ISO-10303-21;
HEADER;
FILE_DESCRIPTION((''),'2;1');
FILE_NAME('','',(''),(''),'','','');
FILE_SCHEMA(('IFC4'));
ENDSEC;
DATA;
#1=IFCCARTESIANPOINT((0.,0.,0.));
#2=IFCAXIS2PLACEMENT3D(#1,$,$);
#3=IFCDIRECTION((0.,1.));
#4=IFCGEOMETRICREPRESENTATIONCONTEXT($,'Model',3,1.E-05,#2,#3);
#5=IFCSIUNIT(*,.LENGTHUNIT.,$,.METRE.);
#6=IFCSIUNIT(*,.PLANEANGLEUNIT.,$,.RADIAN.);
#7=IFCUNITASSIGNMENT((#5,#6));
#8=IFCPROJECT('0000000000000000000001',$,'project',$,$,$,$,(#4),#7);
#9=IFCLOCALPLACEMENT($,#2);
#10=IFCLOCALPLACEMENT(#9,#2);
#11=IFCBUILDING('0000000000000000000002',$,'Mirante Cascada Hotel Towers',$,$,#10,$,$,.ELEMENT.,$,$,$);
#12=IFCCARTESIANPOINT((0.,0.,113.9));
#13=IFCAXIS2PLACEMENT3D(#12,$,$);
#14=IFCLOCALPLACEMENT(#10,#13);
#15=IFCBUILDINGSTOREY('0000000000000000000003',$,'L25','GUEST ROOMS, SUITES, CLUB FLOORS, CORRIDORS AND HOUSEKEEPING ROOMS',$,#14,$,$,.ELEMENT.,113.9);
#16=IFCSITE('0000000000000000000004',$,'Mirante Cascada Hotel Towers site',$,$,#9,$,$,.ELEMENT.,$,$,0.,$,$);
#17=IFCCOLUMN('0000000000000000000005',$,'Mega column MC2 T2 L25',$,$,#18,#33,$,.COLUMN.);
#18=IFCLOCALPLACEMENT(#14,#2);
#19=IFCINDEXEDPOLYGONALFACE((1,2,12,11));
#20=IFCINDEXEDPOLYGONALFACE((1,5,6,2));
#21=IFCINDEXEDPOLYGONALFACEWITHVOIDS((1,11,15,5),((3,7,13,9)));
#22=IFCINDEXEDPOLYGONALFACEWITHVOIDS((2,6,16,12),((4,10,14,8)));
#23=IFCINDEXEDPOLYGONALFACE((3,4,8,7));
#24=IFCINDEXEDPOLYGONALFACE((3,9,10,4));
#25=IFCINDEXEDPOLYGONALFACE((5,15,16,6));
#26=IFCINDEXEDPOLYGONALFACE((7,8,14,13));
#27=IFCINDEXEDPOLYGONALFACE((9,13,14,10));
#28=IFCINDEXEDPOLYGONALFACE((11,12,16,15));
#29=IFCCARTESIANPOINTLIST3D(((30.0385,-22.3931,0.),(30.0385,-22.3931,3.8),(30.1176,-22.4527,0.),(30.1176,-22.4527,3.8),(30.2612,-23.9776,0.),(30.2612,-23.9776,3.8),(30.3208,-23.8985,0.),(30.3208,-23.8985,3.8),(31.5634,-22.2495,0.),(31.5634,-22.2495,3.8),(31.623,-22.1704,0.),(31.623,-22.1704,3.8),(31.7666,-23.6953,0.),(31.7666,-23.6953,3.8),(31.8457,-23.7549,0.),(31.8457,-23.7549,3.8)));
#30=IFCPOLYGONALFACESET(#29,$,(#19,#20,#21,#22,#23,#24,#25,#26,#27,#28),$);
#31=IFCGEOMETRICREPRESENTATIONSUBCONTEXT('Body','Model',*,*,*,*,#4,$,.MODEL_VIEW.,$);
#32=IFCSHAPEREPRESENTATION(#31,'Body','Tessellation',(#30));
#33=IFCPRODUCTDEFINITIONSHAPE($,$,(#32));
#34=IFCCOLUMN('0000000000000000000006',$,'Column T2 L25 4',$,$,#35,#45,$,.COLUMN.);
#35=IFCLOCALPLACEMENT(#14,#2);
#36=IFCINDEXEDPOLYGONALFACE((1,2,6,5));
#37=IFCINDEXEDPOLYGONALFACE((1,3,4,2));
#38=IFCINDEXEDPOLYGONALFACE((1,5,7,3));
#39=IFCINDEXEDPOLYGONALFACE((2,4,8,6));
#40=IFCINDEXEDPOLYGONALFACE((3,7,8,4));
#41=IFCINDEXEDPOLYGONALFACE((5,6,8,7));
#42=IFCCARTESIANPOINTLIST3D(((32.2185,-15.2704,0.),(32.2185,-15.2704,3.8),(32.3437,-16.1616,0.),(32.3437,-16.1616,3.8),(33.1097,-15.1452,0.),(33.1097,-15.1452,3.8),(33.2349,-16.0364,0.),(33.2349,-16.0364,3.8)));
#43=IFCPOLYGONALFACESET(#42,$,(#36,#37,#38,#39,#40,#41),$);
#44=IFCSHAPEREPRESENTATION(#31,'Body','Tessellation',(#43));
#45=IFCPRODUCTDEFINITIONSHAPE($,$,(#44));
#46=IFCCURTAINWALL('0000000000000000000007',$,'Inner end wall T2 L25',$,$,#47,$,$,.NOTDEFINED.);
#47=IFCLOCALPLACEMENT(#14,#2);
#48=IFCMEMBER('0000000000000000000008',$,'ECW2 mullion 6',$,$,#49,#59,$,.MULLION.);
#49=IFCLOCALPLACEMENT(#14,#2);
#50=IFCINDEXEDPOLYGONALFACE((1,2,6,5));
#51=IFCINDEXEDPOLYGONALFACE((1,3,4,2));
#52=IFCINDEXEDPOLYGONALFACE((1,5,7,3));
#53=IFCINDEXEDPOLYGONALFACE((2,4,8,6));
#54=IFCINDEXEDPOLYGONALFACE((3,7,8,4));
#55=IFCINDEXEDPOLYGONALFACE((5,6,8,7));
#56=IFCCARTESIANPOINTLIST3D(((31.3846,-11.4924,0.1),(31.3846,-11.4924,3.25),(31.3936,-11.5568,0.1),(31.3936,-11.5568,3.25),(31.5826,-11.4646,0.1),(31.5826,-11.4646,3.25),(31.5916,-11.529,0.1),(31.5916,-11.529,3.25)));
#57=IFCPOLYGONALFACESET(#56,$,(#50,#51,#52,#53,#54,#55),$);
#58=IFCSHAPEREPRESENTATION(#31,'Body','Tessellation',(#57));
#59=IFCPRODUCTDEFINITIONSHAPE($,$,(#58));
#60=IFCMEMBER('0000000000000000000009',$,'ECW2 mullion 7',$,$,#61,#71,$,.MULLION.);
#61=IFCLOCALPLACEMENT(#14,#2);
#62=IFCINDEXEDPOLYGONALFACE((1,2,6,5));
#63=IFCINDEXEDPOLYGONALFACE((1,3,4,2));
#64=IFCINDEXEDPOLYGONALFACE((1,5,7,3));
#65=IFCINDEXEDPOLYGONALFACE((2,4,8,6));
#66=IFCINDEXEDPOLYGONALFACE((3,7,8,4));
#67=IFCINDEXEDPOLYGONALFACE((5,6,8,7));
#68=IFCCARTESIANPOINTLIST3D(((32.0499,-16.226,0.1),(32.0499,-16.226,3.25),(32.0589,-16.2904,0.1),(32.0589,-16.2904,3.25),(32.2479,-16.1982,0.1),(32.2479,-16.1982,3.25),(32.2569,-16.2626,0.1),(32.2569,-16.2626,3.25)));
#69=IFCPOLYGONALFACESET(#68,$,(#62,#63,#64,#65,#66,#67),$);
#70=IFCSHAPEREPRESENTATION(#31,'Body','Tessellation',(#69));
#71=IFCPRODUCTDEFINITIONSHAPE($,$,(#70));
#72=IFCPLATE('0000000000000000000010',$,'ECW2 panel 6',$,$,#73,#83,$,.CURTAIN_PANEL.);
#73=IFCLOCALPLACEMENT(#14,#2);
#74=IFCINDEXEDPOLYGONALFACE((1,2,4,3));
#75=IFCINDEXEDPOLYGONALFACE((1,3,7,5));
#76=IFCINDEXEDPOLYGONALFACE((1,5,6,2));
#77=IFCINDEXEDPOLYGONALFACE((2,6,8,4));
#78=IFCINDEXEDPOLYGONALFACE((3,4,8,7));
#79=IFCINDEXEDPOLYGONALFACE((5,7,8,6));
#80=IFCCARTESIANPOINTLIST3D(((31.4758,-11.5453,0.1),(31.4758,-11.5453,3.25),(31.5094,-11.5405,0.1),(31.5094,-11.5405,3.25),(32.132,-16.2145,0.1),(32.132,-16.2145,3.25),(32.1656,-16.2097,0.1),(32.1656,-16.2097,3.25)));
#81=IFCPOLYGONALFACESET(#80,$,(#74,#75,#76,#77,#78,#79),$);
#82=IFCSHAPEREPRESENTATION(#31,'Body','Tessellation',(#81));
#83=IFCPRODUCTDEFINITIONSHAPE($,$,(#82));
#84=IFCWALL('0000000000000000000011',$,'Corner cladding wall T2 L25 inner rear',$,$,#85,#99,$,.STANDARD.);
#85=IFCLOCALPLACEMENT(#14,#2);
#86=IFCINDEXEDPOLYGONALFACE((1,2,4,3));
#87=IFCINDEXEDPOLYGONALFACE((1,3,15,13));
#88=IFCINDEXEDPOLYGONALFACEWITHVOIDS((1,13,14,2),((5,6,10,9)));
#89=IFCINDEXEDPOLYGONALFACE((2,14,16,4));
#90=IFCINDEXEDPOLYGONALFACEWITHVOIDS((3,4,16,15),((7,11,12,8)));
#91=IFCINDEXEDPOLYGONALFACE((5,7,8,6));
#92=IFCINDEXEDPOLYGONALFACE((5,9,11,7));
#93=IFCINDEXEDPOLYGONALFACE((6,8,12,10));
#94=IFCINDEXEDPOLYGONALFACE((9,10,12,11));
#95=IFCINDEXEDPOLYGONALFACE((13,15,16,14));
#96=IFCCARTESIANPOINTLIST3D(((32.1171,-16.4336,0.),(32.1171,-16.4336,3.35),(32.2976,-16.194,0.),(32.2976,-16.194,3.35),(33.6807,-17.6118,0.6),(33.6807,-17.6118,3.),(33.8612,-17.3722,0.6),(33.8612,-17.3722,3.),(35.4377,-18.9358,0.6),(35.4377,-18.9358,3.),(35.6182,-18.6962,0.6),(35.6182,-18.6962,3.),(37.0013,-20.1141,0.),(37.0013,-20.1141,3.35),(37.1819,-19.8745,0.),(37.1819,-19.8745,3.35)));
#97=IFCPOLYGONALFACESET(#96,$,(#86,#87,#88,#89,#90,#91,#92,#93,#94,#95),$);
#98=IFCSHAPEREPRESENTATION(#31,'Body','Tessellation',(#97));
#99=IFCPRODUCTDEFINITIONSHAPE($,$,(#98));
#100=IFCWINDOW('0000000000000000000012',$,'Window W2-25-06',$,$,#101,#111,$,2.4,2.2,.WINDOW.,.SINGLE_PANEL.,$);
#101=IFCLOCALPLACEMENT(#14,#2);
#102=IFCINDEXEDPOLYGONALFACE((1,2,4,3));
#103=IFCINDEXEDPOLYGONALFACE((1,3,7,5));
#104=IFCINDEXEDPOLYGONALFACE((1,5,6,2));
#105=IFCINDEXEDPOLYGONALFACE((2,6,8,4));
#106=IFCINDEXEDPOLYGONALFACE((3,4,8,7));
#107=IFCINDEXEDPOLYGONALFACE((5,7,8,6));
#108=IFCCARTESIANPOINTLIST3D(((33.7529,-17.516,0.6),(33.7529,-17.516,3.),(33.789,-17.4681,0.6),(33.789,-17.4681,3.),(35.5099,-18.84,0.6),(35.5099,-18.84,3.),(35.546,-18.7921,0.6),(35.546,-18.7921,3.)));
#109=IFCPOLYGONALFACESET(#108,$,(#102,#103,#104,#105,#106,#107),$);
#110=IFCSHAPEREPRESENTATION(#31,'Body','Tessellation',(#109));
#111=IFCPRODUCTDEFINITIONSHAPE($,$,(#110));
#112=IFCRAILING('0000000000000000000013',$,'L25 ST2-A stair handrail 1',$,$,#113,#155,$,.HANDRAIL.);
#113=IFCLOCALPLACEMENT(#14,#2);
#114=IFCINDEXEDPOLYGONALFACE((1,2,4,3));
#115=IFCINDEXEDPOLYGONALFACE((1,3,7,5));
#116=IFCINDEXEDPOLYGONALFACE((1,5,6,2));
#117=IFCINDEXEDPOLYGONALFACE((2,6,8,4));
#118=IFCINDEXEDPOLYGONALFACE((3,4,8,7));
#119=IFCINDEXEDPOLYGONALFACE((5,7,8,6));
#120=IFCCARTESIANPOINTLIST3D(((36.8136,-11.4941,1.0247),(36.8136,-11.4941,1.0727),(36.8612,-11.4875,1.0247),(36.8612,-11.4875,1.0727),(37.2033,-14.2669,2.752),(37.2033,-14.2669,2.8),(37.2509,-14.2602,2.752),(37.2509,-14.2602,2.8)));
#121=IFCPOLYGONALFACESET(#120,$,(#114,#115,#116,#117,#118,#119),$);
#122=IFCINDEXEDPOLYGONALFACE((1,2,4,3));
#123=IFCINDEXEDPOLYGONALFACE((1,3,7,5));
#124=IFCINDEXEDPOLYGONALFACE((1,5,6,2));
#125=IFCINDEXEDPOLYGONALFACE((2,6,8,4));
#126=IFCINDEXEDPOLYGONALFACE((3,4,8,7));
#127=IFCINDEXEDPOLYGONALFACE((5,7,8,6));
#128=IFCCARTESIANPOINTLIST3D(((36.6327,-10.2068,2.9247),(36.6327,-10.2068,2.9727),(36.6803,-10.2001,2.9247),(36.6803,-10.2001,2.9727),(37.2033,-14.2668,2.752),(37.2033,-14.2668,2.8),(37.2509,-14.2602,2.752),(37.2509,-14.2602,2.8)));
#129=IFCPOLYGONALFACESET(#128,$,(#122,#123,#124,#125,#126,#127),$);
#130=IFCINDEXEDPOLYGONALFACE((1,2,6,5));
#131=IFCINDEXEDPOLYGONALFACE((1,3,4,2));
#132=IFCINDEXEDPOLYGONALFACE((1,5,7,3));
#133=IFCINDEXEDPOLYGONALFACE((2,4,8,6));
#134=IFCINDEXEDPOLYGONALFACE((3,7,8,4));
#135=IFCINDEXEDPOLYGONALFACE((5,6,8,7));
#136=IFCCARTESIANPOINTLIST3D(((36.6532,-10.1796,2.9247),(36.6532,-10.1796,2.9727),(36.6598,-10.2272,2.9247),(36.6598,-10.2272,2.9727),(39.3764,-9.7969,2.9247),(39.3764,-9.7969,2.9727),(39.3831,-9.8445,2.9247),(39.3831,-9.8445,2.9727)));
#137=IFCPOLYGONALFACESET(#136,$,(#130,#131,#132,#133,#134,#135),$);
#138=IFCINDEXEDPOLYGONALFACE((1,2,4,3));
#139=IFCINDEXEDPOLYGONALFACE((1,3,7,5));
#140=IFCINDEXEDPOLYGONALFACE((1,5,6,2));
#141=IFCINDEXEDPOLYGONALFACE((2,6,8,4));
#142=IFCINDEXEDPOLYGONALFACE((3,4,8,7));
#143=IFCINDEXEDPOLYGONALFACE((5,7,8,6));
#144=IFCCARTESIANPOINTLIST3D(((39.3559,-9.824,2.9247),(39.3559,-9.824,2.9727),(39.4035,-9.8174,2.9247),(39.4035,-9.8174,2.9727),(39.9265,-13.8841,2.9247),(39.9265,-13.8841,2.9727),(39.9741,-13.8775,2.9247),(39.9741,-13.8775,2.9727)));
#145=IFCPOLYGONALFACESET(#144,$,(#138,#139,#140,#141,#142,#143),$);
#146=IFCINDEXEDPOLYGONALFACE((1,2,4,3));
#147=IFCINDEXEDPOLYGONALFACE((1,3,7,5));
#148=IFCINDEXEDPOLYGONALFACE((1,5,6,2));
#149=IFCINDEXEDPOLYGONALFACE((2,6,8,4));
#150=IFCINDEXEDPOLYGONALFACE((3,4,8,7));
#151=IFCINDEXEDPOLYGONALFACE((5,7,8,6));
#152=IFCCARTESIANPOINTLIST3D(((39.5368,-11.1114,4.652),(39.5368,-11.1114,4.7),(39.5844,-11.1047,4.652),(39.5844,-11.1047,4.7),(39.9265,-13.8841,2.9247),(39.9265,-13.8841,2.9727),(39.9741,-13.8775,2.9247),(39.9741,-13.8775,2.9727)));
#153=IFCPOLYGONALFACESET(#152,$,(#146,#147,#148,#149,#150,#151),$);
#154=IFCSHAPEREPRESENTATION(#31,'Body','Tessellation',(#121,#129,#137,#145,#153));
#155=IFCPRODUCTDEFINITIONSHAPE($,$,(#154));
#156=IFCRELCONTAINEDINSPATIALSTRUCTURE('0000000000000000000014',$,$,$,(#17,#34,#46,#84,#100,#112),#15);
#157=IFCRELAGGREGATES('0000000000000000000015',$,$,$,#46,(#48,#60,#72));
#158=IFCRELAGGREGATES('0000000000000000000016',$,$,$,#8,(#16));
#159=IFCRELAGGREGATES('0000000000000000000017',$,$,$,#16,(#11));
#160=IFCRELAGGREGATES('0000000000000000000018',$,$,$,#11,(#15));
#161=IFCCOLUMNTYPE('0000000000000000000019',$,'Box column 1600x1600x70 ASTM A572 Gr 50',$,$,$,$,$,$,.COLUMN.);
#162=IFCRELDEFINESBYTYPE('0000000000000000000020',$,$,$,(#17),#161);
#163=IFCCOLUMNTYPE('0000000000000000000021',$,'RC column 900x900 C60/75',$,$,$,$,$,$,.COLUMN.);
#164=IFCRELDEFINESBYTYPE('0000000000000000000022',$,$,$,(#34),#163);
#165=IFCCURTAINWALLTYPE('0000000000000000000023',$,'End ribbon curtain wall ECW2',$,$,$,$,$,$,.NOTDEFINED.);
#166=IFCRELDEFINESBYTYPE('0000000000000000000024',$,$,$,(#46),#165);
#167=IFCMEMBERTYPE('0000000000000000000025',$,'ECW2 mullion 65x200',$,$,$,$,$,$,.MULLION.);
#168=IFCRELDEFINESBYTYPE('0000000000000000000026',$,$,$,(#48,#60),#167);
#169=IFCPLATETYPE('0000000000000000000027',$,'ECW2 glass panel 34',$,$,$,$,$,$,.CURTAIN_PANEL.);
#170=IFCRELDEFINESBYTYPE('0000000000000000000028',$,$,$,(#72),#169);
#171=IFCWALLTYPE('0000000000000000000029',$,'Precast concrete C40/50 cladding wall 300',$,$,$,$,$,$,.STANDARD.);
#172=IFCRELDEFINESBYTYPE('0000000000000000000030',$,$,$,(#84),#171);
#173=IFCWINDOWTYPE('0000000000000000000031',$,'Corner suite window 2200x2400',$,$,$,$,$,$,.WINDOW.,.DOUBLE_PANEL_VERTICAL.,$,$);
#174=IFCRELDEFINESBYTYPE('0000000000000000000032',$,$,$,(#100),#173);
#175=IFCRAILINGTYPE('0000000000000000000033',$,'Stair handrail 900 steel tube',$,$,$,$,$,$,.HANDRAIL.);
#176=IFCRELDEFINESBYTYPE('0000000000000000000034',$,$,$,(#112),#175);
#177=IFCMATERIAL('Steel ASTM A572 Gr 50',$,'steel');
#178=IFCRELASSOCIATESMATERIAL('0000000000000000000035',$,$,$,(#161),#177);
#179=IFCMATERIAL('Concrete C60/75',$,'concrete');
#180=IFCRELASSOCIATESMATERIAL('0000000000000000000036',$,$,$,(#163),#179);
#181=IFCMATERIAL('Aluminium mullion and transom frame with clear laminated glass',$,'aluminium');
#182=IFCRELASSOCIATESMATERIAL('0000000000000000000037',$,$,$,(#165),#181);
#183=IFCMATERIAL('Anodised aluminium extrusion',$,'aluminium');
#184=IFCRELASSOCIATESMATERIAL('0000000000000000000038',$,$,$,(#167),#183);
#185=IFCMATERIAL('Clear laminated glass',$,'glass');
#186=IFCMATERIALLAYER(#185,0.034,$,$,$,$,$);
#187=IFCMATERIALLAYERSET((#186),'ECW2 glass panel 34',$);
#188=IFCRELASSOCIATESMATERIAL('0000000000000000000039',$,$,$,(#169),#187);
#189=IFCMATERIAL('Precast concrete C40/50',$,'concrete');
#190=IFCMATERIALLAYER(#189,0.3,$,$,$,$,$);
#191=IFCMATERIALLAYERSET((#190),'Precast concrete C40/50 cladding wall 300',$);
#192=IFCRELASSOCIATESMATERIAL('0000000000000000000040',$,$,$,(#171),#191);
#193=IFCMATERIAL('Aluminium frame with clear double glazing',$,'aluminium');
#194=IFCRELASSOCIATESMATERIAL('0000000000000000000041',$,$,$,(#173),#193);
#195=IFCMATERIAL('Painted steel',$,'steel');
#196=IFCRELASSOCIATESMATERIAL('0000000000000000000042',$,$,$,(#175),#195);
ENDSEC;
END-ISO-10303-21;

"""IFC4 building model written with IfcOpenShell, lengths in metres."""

from ifc_helpers import new_model, si_unit, direction, frame, frame_2d, origin, origin_2d, place, context, subcontext, project, spatial, rectangle, hollow_rectangle, extrude, material, layer, layer_set, material_profile, profile_set, type_object, element, fill, aggregate, save


model = new_model("IFC4")

# Units and contexts
model_context = context("Model", 3, precision=1e-05, world=origin(), true_north=direction((0.0, 1.0)))
body_context = subcontext(model_context, "Body", "Model", "MODEL_VIEW")
ifc_project = project(units=[si_unit("LENGTHUNIT", "METRE"), si_unit("PLANEANGLEUNIT", "RADIAN")], contexts=[model_context])

# Site, building, storey
site_placement = place(None, origin())
site = spatial("IfcSite", under=ifc_project, at=site_placement, Name="Mirante Cascada Hotel Towers site", CompositionType="ELEMENT", RefElevation=0.0)
building_placement = place(site_placement, origin())
building = spatial("IfcBuilding", under=site, at=building_placement, Name="Mirante Cascada Hotel Towers", CompositionType="ELEMENT")
storey_placement = place(building_placement, frame((0.0, 0.0, 113.9)))
storey = spatial("IfcBuildingStorey", under=building, at=storey_placement, Name="L25", Description="GUEST ROOMS, SUITES, CLUB FLOORS, CORRIDORS AND HOUSEKEEPING ROOMS", CompositionType="ELEMENT", Elevation=113.9)

# Columns
ifc_material_1 = material(Name="Steel ASTM A572 Gr 50", Category="steel")
ifc_material_profile_1 = material_profile(ifc_material_1, hollow_rectangle(XDim=1.6, YDim=1.6, WallThickness=0.07, at=origin_2d()), Name="Box column 1600x1600x70 ASTM A572 Gr 50")
ifc_profile_set_1 = profile_set([ifc_material_profile_1], Name="Steel ASTM A572 Gr 50")
column_type_1 = type_object("IfcColumnType", Name="Box column 1600x1600x70 ASTM A572 Gr 50", PredefinedType="COLUMN", material=ifc_profile_set_1)
column_1_placement = place(storey_placement, frame((30.9421, -23.074, 0.0), z_axis=(0.0, 0.0, 1.0), x_axis=(0.990268, 0.139173, 0.0)))
element("IfcColumn", 1, at=column_1_placement, inside=storey, type_object=column_type_1, Name="Mega column MC2 T2 L25", PredefinedType="COLUMN", context=body_context, shape_type="SweptSolid", body=[
    extrude(hollow_rectangle(XDim=1.6, YDim=1.6, WallThickness=0.07, at=origin_2d()), origin(), (0.0, 0.0, 1.0), 3.8),
])
ifc_material_2 = material(Name="Concrete C60/75", Category="concrete")
ifc_material_profile_2 = material_profile(ifc_material_2, rectangle(XDim=0.9, YDim=0.9, at=origin_2d()), Name="RC column 900x900 C60/75")
ifc_profile_set_2 = profile_set([ifc_material_profile_2], Name="Concrete C60/75")
column_type_2 = type_object("IfcColumnType", Name="RC column 900x900 C60/75", PredefinedType="COLUMN", material=ifc_profile_set_2)
column_2_placement = place(storey_placement, frame((32.7267, -15.6534, 0.0), z_axis=(0.0, 0.0, 1.0), x_axis=(0.990268, 0.139173, 0.0)))
element("IfcColumn", 2, at=column_2_placement, inside=storey, type_object=column_type_2, Name="Column T2 L25 4", PredefinedType="COLUMN", context=body_context, shape_type="SweptSolid", body=[
    extrude(rectangle(XDim=0.9, YDim=0.9, at=origin_2d()), origin(), (0.0, 0.0, 1.0), 3.8),
])

# Curtain wall, members, plate
ifc_material_3 = material(Name="Aluminium mullion and transom frame with clear laminated glass", Category="aluminium")
curtain_wall_type = type_object("IfcCurtainWallType", Name="End ribbon curtain wall ECW2", PredefinedType="NOTDEFINED", material=ifc_material_3)
curtain_wall_placement = place(storey_placement, origin())
curtain_wall = element("IfcCurtainWall", 3, at=curtain_wall_placement, inside=storey, type_object=curtain_wall_type, Name="Inner end wall T2 L25", PredefinedType="NOTDEFINED")
ifc_material_4 = material(Name="Anodised aluminium extrusion", Category="aluminium")
ifc_material_profile_3 = material_profile(ifc_material_4, rectangle(XDim=0.2, YDim=0.065, at=origin_2d()), Name="ECW2 MULLION 65x200")
ifc_profile_set_3 = profile_set([ifc_material_profile_3], Name="Anodised aluminium extrusion")
member_type = type_object("IfcMemberType", Name="ECW2 mullion 65x200", PredefinedType="MULLION", material=ifc_profile_set_3)
member_1_placement = place(storey_placement, frame((31.4881, -11.5107, 0.1), z_axis=(0.0, 0.0, 1.0), x_axis=(0.990268, 0.139173, 0.0)))
member_1 = element("IfcMember", 4, at=member_1_placement, type_object=member_type, Name="ECW2 mullion 6", PredefinedType="MULLION", context=body_context, shape_type="SweptSolid", body=[
    extrude(rectangle(XDim=0.2, YDim=0.065, at=origin_2d()), origin(), (0.0, 0.0, 1.0), 3.15),
])
member_2_placement = place(storey_placement, frame((32.1534, -16.2443, 0.1), z_axis=(0.0, 0.0, 1.0), x_axis=(0.990268, 0.139173, 0.0)))
member_2 = element("IfcMember", 5, at=member_2_placement, type_object=member_type, Name="ECW2 mullion 7", PredefinedType="MULLION", context=body_context, shape_type="SweptSolid", body=[
    extrude(rectangle(XDim=0.2, YDim=0.065, at=origin_2d()), origin(), (0.0, 0.0, 1.0), 3.15),
])
ifc_material_5 = material(Name="Clear laminated glass", Category="glass")
ifc_layer_1 = layer(ifc_material_5, 0.034)
ifc_layer_set_1 = layer_set([ifc_layer_1], Name="ECW2 glass panel 34")
plate_type = type_object("IfcPlateType", Name="ECW2 glass panel 34", PredefinedType="CURTAIN_PANEL", material=ifc_layer_set_1)
plate_placement = place(storey_placement, frame((31.8207, -13.8775, 0.1), z_axis=(0.0, 0.0, 1.0), x_axis=(0.139173, -0.990268, 0.0)))
plate = element("IfcPlate", 6, at=plate_placement, type_object=plate_type, Name="ECW2 panel 6", PredefinedType="CURTAIN_PANEL", context=body_context, shape_type="SweptSolid", body=[
    extrude(rectangle(XDim=4.7151, YDim=0.034, at=origin_2d()), origin(), (0.0, 0.0, 1.0), 3.15),
])
aggregate(curtain_wall, [member_1, member_2, plate])

# Wall, opening, window
ifc_material_6 = material(Name="Precast concrete C40/50", Category="concrete")
ifc_layer_2 = layer(ifc_material_6, 0.3)
ifc_layer_set_2 = layer_set([ifc_layer_2], Name="Precast concrete C40/50 cladding wall 300")
wall_type = type_object("IfcWallType", Name="Precast concrete C40/50 cladding wall 300", PredefinedType="STANDARD", material=ifc_layer_set_2)
wall_placement = place(storey_placement, frame((32.2074, -16.3138, 0.0), z_axis=(0.0, 0.0, 1.0), x_axis=(0.798636, -0.601814, 0.0)))
wall = element("IfcWall", 7, at=wall_placement, inside=storey, type_object=wall_type, Name="Corner cladding wall T2 L25 inner rear", PredefinedType="STANDARD", context=body_context, shape_type="SweptSolid", body=[
    extrude(rectangle(XDim=6.1157, YDim=0.3, at=frame_2d((3.0578, 0.0))), origin(), (0.0, 0.0, 1.0), 3.35),
])
opening_placement = place(wall_placement, frame((1.9578, 0.0, 0.6)))
opening = element("IfcOpeningElement", 8, at=opening_placement, cuts=wall, PredefinedType="OPENING", context=body_context, shape_type="SweptSolid", body=[
    extrude(rectangle(XDim=2.2, YDim=2.4, at=frame_2d((1.1, 1.2))), frame((0.0, 0.15, 0.0), z_axis=(0.0, -1.0, 0.0), x_axis=(1.0, 0.0, 0.0)), (0.0, 0.0, 1.0), 0.3),
])
ifc_material_7 = material(Name="Aluminium frame with clear double glazing", Category="aluminium")
window_type = type_object("IfcWindowType", Name="Corner suite window 2200x2400", PartitioningType="DOUBLE_PANEL_VERTICAL", PredefinedType="WINDOW", material=ifc_material_7)
window_placement = place(opening_placement, origin())
window = element("IfcWindow", 9, at=window_placement, inside=storey, type_object=window_type, Name="Window W2-25-06", OverallHeight=2.4, OverallWidth=2.2, PartitioningType="SINGLE_PANEL", PredefinedType="WINDOW", context=body_context, shape_type="SweptSolid", body=[
    extrude(rectangle(XDim=2.2, YDim=2.4, at=frame_2d((1.1, 1.2))), frame((0.0, 0.03, 0.0), z_axis=(0.0, -1.0, 0.0), x_axis=(1.0, 0.0, 0.0)), (0.0, 0.0, 1.0), 0.06),
])
fill(opening, window)

# Railing
ifc_material_8 = material(Name="Painted steel", Category="steel")
railing_type = type_object("IfcRailingType", Name="Stair handrail 900 steel tube", PredefinedType="HANDRAIL", material=ifc_material_8)
railing_placement = place(storey_placement, frame((36.8374, -11.4908, 0.1727)))
element("IfcRailing", 10, at=railing_placement, inside=storey, type_object=railing_type, Name="L25 ST2-A stair handrail 1", PredefinedType="HANDRAIL", context=body_context, shape_type="SweptSolid", body=[
    extrude(rectangle(XDim=0.048, YDim=0.048, at=origin_2d()), frame((0.0, 0.0, 0.876), z_axis=(0.139181, -0.990267, 0.0), x_axis=(0.990267, 0.139181, 0.0)), (0.0, 0.525035, 0.851081), 3.2899),
    extrude(rectangle(XDim=0.048, YDim=0.048, at=origin_2d()), frame((0.3897, -2.7727, 2.6033), z_axis=(-0.139171, 0.990268, 0.0), x_axis=(-0.990268, -0.139171, 0.0)), (0.0, 0.042085, 0.999114), 4.1036),
    extrude(rectangle(XDim=0.048, YDim=0.048, at=origin_2d()), frame((-0.1809, 1.2874, 2.776), z_axis=(0.990269, 0.139166, 0.0), x_axis=(-0.139166, 0.990269, 0.0)), (0.0, 0.0, 1.0), 2.75),
    extrude(rectangle(XDim=0.048, YDim=0.048, at=origin_2d()), frame((2.5423, 1.6701, 2.776), z_axis=(0.139171, -0.990268, 0.0), x_axis=(0.990268, 0.139171, 0.0)), (0.0, 0.0, 1.0), 4.1),
    extrude(rectangle(XDim=0.048, YDim=0.048, at=origin_2d()), frame((3.1129, -2.39, 2.776), z_axis=(-0.139181, 0.990267, 0.0), x_axis=(-0.990267, -0.139181, 0.0)), (0.0, 0.525035, 0.851081), 3.2899),
])

save(model, "model.ifc")
